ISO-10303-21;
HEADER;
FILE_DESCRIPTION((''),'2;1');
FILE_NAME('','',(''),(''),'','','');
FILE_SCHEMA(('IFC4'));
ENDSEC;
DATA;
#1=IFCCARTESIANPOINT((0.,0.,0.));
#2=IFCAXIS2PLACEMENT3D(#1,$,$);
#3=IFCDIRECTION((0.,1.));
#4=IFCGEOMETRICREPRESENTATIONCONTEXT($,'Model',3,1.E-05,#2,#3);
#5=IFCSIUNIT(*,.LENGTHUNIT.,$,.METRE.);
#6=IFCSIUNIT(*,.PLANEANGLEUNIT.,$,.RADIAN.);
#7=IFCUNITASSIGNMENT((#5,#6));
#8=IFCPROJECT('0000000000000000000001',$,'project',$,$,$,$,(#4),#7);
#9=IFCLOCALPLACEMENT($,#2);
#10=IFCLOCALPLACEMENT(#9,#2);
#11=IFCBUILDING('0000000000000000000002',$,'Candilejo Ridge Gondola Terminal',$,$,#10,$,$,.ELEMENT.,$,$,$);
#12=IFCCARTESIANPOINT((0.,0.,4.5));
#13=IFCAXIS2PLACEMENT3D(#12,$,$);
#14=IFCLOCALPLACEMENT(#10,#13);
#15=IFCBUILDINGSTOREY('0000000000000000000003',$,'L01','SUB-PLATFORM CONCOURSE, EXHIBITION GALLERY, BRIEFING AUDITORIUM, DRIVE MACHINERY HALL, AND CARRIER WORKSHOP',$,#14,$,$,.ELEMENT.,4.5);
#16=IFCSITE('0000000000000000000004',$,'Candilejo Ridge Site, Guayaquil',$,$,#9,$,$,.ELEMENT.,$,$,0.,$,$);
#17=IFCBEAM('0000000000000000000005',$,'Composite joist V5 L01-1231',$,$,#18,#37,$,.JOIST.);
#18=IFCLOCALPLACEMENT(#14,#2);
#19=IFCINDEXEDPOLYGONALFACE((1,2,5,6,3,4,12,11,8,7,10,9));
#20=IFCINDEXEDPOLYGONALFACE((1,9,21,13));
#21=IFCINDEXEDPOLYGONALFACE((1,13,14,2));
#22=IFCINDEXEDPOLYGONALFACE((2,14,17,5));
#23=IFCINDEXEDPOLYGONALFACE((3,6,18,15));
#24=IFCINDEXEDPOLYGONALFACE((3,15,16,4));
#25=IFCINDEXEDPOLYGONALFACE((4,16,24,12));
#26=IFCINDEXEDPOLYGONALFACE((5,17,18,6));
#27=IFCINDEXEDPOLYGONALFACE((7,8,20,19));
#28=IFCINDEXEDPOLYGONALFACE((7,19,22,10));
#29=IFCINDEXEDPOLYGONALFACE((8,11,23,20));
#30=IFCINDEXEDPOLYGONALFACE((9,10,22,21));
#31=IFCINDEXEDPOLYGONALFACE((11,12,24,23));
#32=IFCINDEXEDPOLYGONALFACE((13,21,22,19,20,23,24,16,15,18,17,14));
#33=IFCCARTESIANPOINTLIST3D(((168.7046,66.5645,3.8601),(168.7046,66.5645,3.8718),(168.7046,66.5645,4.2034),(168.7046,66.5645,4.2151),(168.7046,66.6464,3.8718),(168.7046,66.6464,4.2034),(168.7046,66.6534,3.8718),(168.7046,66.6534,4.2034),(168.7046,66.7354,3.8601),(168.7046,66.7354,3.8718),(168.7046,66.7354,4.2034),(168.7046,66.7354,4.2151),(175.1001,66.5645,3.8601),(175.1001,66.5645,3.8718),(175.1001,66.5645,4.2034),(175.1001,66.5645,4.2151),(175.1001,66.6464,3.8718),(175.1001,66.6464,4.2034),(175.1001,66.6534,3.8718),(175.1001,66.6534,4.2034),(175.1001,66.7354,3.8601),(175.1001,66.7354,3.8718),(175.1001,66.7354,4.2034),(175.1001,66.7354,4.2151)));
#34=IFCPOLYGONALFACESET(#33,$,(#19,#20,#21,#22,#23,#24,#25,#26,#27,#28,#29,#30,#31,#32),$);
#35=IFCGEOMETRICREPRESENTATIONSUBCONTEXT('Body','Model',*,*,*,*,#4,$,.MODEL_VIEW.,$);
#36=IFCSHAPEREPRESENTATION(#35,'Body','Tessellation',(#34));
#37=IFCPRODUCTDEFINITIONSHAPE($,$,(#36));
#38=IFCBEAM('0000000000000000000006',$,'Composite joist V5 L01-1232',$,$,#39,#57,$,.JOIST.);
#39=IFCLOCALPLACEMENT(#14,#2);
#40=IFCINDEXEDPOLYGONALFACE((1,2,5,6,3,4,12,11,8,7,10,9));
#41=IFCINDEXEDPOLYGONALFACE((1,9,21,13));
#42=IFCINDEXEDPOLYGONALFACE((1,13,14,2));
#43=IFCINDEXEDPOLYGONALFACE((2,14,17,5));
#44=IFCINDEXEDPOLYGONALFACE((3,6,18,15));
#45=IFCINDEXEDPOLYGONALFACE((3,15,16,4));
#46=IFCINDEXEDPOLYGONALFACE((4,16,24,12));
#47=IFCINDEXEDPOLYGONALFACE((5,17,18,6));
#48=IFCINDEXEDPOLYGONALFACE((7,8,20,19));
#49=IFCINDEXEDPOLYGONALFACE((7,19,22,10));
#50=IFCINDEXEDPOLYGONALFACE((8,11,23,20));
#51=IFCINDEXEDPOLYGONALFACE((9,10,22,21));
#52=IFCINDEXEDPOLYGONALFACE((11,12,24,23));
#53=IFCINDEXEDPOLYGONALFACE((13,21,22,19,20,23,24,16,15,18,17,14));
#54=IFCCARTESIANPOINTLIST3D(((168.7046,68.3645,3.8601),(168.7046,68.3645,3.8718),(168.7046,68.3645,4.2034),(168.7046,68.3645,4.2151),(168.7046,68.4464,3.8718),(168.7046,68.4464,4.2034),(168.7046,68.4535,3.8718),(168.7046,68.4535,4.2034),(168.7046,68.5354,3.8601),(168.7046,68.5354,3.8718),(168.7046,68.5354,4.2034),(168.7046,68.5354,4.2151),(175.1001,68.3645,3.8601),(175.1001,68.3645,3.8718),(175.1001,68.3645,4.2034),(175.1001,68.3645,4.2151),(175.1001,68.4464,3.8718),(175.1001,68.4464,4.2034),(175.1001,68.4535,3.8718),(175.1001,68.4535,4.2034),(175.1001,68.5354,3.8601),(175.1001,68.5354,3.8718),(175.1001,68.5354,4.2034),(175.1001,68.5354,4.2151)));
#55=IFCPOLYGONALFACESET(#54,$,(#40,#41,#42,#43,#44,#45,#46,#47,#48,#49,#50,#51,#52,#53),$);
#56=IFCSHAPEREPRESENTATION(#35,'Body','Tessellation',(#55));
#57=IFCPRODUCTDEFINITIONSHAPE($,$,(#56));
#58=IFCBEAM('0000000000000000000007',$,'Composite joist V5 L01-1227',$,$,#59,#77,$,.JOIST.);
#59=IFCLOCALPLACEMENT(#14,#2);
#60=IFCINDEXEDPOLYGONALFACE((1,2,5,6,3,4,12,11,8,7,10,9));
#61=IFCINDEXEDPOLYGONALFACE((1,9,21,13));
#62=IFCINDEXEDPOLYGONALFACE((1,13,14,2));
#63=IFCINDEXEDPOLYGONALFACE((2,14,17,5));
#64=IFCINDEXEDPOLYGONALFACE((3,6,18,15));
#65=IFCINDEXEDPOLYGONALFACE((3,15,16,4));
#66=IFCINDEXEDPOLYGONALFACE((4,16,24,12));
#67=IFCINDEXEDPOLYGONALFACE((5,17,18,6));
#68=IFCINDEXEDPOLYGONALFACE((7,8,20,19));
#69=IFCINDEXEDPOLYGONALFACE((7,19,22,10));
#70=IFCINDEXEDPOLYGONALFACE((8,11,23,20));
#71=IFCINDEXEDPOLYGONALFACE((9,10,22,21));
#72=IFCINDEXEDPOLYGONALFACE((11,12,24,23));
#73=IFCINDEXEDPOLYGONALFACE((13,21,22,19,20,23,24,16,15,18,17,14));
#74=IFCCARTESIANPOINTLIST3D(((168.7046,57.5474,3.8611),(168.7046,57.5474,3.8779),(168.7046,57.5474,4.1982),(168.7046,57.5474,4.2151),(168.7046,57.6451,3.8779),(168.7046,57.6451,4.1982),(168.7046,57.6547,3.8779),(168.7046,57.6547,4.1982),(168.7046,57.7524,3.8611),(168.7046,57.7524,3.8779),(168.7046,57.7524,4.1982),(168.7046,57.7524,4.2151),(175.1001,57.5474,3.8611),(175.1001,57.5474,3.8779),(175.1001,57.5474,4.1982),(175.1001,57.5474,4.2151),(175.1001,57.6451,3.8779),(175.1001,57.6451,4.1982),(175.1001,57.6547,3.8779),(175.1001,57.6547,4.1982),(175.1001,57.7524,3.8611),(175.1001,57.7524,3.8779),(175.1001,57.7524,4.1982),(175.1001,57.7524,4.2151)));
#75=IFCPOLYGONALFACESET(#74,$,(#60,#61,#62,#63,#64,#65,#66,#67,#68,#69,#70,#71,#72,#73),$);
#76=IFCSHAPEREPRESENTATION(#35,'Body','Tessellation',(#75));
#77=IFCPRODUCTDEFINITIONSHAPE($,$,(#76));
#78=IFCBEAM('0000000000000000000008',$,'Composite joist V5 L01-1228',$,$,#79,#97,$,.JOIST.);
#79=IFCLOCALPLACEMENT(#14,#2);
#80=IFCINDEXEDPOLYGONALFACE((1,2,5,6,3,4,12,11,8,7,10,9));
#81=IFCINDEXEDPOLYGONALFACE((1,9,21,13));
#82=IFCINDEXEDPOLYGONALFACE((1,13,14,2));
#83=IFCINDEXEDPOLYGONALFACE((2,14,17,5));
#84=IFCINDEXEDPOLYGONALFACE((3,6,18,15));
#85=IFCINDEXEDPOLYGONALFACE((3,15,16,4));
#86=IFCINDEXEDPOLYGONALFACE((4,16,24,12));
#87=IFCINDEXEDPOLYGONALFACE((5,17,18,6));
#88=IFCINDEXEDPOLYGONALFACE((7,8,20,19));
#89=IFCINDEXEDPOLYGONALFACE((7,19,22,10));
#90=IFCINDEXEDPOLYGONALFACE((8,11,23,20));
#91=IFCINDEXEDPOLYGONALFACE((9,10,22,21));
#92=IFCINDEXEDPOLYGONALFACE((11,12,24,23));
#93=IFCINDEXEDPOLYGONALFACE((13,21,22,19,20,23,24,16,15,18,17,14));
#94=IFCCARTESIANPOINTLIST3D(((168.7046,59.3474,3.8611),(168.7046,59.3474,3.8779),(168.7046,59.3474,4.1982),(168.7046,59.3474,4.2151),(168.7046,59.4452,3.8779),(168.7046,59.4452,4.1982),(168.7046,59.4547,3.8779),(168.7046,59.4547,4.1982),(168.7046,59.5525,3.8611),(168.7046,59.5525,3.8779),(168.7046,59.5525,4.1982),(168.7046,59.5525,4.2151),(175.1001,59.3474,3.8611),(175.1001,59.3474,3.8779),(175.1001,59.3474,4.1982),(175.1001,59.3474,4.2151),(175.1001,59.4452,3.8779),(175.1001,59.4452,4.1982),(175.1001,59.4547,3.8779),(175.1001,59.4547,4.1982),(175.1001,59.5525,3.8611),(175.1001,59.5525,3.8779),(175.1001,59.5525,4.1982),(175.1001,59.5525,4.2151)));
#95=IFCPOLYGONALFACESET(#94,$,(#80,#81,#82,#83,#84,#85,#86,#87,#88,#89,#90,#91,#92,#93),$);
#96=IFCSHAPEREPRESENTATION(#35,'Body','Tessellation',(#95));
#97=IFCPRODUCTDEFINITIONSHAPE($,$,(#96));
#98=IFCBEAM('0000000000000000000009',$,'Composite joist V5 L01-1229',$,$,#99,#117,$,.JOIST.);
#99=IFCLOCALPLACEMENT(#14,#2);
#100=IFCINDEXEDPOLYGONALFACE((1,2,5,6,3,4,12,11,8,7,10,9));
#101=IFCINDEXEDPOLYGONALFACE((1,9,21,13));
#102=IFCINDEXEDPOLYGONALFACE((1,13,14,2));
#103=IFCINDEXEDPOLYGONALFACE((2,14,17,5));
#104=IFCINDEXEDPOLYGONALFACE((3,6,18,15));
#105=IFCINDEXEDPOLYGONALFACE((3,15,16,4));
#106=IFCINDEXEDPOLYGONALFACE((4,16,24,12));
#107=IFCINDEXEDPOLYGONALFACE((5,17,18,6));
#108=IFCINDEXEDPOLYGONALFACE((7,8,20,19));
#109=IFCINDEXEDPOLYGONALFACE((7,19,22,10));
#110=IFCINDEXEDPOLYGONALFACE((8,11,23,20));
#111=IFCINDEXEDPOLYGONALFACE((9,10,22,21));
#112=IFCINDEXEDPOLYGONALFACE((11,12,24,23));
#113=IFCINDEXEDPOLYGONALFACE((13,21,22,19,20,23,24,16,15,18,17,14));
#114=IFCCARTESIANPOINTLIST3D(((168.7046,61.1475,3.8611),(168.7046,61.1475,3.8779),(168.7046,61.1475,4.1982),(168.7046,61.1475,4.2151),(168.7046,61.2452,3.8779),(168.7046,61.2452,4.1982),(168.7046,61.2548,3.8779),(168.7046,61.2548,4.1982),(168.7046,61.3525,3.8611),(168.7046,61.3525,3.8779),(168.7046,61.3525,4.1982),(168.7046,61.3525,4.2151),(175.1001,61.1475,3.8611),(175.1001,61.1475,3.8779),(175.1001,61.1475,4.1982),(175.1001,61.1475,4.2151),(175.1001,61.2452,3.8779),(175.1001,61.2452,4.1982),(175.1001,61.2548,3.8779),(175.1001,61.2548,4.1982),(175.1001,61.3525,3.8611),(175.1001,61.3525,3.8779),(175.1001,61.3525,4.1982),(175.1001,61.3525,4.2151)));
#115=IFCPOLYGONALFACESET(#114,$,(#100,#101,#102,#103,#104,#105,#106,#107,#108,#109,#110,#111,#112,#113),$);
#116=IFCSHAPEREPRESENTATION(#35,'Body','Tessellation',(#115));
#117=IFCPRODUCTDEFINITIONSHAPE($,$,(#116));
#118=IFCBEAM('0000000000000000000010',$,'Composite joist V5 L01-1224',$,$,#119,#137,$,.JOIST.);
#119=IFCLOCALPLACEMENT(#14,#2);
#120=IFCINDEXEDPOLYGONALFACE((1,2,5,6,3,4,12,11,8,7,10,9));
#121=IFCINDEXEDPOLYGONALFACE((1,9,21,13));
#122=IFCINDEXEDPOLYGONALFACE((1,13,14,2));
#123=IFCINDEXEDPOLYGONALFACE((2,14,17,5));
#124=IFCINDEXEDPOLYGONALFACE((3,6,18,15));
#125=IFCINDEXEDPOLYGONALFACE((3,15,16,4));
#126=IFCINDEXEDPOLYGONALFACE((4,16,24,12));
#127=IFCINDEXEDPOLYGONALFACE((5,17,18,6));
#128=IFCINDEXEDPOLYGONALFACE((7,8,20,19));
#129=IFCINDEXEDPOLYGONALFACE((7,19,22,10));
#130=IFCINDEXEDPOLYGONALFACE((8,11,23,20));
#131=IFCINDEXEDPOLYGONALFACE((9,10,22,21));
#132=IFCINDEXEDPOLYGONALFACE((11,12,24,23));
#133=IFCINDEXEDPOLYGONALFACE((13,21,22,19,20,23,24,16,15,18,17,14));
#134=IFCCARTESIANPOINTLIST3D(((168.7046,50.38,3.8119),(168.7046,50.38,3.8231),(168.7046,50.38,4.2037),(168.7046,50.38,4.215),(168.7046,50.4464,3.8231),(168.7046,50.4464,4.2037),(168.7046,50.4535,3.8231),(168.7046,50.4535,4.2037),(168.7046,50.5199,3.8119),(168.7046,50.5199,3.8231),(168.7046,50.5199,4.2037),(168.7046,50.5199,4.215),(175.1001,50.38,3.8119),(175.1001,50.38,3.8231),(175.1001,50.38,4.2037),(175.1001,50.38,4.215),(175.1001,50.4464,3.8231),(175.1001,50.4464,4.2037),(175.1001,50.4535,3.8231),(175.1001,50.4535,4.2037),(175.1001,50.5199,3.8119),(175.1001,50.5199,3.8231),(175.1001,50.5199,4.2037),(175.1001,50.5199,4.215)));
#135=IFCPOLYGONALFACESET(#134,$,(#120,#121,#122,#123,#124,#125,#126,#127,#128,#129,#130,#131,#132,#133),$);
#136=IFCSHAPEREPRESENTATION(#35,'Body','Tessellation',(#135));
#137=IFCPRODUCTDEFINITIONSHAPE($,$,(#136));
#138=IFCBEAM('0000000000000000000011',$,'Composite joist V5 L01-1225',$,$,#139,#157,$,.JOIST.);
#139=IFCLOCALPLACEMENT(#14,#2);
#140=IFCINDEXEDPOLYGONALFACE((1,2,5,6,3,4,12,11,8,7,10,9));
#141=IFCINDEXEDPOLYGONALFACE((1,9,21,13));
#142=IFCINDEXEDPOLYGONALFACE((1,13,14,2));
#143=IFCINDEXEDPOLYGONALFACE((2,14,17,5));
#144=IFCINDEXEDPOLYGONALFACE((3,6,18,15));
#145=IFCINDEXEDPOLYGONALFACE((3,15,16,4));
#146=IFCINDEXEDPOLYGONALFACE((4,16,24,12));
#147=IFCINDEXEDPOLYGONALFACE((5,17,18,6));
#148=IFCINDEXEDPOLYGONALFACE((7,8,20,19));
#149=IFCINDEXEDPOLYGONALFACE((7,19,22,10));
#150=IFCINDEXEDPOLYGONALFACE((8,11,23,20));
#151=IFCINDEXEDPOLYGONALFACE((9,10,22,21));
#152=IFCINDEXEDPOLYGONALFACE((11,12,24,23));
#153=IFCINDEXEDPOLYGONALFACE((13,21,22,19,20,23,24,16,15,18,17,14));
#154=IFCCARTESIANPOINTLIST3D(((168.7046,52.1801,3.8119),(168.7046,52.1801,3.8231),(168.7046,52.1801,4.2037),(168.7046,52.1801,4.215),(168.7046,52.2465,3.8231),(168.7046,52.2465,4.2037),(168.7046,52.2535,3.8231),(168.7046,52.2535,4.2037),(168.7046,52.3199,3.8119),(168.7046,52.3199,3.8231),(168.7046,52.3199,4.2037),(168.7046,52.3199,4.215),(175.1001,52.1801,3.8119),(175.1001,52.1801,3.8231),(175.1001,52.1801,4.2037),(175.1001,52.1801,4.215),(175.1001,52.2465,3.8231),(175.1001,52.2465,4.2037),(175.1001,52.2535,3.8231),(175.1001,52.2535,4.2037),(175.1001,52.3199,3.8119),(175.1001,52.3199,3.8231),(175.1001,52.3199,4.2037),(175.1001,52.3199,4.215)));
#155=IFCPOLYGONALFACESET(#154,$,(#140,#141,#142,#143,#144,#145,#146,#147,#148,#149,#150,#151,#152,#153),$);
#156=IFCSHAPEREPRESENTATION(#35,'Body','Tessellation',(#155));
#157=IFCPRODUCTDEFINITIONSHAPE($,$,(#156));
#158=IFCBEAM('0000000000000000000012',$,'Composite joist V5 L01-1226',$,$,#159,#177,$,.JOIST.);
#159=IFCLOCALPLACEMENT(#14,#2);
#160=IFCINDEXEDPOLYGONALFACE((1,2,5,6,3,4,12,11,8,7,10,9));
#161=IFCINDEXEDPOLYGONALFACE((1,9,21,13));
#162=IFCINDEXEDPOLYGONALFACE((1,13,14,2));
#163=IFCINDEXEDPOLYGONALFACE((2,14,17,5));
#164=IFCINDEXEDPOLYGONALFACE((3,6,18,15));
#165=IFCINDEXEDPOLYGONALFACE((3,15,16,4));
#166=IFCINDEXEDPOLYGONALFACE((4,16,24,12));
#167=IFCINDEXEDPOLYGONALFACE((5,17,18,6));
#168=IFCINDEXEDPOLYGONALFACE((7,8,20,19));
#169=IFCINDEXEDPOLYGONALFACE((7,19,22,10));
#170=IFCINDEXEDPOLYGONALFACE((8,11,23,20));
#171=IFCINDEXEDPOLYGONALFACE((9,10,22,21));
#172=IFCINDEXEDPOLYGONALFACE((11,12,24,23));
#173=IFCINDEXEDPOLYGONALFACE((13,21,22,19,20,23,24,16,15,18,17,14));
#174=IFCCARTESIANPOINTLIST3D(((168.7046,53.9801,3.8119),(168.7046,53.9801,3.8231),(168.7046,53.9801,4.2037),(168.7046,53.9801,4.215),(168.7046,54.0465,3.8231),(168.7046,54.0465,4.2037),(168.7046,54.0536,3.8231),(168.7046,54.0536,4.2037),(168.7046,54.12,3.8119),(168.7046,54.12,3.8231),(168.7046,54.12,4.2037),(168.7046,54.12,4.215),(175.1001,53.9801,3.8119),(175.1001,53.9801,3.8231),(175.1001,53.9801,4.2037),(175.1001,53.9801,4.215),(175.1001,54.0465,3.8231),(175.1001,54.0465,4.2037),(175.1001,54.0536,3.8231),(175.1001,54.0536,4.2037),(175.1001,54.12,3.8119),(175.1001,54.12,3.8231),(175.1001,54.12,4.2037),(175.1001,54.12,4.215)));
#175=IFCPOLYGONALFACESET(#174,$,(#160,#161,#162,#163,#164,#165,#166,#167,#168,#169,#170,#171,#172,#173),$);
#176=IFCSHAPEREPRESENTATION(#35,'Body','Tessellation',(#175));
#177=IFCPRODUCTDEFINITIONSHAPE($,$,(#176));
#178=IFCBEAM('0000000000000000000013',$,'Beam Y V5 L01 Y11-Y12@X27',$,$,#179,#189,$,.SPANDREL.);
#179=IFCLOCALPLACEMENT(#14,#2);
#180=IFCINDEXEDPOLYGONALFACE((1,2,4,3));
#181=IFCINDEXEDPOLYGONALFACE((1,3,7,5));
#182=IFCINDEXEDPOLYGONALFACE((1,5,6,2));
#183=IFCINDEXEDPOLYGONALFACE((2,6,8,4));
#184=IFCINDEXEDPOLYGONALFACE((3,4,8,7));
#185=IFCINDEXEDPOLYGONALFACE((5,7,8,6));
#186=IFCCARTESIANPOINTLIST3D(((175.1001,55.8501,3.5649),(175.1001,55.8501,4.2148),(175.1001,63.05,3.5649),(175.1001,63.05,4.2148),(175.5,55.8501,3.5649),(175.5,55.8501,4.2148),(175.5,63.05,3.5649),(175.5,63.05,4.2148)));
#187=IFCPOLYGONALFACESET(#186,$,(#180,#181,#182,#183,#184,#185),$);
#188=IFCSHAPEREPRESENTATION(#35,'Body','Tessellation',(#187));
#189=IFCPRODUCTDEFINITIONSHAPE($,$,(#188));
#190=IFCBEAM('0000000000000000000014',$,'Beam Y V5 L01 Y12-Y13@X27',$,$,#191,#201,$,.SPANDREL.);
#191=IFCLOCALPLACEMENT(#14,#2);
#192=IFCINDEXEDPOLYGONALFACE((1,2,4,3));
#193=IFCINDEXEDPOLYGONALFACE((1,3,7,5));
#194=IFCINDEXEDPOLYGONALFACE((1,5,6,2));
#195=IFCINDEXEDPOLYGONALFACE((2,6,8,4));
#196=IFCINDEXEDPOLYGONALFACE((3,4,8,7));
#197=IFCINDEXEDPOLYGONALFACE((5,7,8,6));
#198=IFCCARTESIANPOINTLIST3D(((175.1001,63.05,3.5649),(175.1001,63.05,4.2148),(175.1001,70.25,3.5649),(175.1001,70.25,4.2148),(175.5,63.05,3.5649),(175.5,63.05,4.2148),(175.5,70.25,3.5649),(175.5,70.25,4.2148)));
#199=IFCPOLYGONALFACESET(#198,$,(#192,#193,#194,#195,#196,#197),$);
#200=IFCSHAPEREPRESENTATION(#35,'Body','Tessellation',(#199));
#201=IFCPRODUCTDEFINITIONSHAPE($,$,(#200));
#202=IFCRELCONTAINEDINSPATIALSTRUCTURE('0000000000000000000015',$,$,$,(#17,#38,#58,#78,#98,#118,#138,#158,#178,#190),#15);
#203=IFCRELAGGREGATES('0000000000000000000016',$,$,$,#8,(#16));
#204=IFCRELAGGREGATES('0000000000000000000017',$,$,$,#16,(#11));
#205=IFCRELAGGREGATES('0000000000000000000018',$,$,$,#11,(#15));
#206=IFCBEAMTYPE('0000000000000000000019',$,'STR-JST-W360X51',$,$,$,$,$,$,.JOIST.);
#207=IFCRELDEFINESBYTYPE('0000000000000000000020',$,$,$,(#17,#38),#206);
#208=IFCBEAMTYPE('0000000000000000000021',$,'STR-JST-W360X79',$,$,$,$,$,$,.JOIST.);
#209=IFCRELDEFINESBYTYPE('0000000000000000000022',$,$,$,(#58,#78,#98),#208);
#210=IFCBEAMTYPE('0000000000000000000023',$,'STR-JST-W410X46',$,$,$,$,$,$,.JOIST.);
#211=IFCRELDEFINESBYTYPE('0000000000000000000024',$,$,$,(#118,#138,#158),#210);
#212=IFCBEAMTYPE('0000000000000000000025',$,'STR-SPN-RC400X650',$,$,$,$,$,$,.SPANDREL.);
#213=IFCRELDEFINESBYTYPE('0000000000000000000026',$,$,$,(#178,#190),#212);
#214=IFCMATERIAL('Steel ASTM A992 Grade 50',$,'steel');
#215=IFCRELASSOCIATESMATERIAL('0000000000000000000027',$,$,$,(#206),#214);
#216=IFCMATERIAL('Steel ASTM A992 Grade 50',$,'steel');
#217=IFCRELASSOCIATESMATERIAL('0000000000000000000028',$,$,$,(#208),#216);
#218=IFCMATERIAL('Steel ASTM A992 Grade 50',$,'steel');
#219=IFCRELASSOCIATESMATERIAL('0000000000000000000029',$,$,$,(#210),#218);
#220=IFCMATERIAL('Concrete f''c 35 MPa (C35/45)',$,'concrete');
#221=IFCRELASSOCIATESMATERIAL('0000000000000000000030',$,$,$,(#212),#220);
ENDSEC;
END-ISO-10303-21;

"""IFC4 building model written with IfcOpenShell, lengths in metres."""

from ifc_helpers import new_model, si_unit, direction, frame, origin, origin_2d, place, context, subcontext, project, spatial, rectangle, i_section, extrude, material, material_profile, profile_set, type_object, element, save


model = new_model("IFC4")

# Units and contexts
model_context = context("Model", 3, precision=1e-05, world=origin(), true_north=direction((0.0, 1.0)))
body_context = subcontext(model_context, "Body", "Model", "MODEL_VIEW")
ifc_project = project(units=[si_unit("LENGTHUNIT", "METRE"), si_unit("PLANEANGLEUNIT", "RADIAN")], contexts=[model_context])

# Site, building, storey
site_placement = place(None, origin())
site = spatial("IfcSite", under=ifc_project, at=site_placement, Name="Candilejo Ridge Site, Guayaquil", CompositionType="ELEMENT", RefElevation=0.0)
building_placement = place(site_placement, origin())
building = spatial("IfcBuilding", under=site, at=building_placement, Name="Candilejo Ridge Gondola Terminal", CompositionType="ELEMENT")
storey_placement = place(building_placement, frame((0.0, 0.0, 4.5)))
storey = spatial("IfcBuildingStorey", under=building, at=storey_placement, Name="L01", Description="SUB-PLATFORM CONCOURSE, EXHIBITION GALLERY, BRIEFING AUDITORIUM, DRIVE MACHINERY HALL, AND CARRIER WORKSHOP", CompositionType="ELEMENT", Elevation=4.5)

# Beams
ifc_material_1 = material(Name="Steel ASTM A992 Grade 50", Category="steel")
ifc_material_profile_1 = material_profile(ifc_material_1, i_section(OverallWidth=0.1709, OverallDepth=0.355, WebThickness=0.0071, FlangeThickness=0.0117, at=origin_2d()))
ifc_profile_set_1 = profile_set([ifc_material_profile_1], Name="Steel ASTM A992 Grade 50")
beam_type_1 = type_object("IfcBeamType", Name="STR-JST-W360X51", PredefinedType="JOIST", material=ifc_profile_set_1)
for number, where, z_axis, x_axis, name in (
    (1, (168.7046, 66.6499, 4.0376), (1.0, 0.0, 0.0), (0.0, 1.0, 0.0), "Composite joist V5 L01-1231"),
    (2, (168.7046, 68.45, 4.0376), (1.0, 0.0, 0.0), (0.0, 1.0, 0.0), "Composite joist V5 L01-1232"),
):
    element("IfcBeam", number, at=place(storey_placement, frame(where, z_axis=z_axis, x_axis=x_axis)), inside=storey, type_object=beam_type_1, Name=name, PredefinedType="JOIST", context=body_context, shape_type="SweptSolid", body=[
        extrude(i_section(OverallWidth=0.1709, OverallDepth=0.355, WebThickness=0.0071, FlangeThickness=0.0117, at=origin_2d()), origin(), (0.0, 0.0, 1.0), 6.3955),
    ])
ifc_material_2 = material(Name="Steel ASTM A992 Grade 50", Category="steel")
ifc_material_profile_2 = material_profile(ifc_material_2, i_section(OverallWidth=0.2051, OverallDepth=0.354, WebThickness=0.0095, FlangeThickness=0.0168, at=origin_2d()))
ifc_profile_set_2 = profile_set([ifc_material_profile_2], Name="Steel ASTM A992 Grade 50")
beam_type_2 = type_object("IfcBeamType", Name="STR-JST-W360X79", PredefinedType="JOIST", material=ifc_profile_set_2)
for number, where, z_axis, x_axis, name in (
    (3, (168.7046, 57.6499, 4.0381), (1.0, 0.0, 0.0), (0.0, 1.0, 0.0), "Composite joist V5 L01-1227"),
    (4, (168.7046, 59.45, 4.0381), (1.0, 0.0, 0.0), (0.0, 1.0, 0.0), "Composite joist V5 L01-1228"),
    (5, (168.7046, 61.25, 4.0381), (1.0, 0.0, 0.0), (0.0, 1.0, 0.0), "Composite joist V5 L01-1229"),
):
    element("IfcBeam", number, at=place(storey_placement, frame(where, z_axis=z_axis, x_axis=x_axis)), inside=storey, type_object=beam_type_2, Name=name, PredefinedType="JOIST", context=body_context, shape_type="SweptSolid", body=[
        extrude(i_section(OverallWidth=0.2051, OverallDepth=0.354, WebThickness=0.0095, FlangeThickness=0.0168, at=origin_2d()), origin(), (0.0, 0.0, 1.0), 6.3955),
    ])
ifc_material_3 = material(Name="Steel ASTM A992 Grade 50", Category="steel")
ifc_material_profile_3 = material_profile(ifc_material_3, i_section(OverallWidth=0.1399, OverallDepth=0.4031, WebThickness=0.0071, FlangeThickness=0.0112, at=origin_2d()))
ifc_profile_set_3 = profile_set([ifc_material_profile_3], Name="Steel ASTM A992 Grade 50")
beam_type_3 = type_object("IfcBeamType", Name="STR-JST-W410X46", PredefinedType="JOIST", material=ifc_profile_set_3)
for number, where, z_axis, x_axis, name in (
    (6, (168.7046, 50.45, 4.0134), (1.0, 0.0, 0.0), (0.0, 1.0, 0.0), "Composite joist V5 L01-1224"),
    (7, (168.7046, 52.25, 4.0134), (1.0, 0.0, 0.0), (0.0, 1.0, 0.0), "Composite joist V5 L01-1225"),
    (8, (168.7046, 54.05, 4.0134), (1.0, 0.0, 0.0), (0.0, 1.0, 0.0), "Composite joist V5 L01-1226"),
):
    element("IfcBeam", number, at=place(storey_placement, frame(where, z_axis=z_axis, x_axis=x_axis)), inside=storey, type_object=beam_type_3, Name=name, PredefinedType="JOIST", context=body_context, shape_type="SweptSolid", body=[
        extrude(i_section(OverallWidth=0.1399, OverallDepth=0.4031, WebThickness=0.0071, FlangeThickness=0.0112, at=origin_2d()), origin(), (0.0, 0.0, 1.0), 6.3955),
    ])
ifc_material_4 = material(Name="Concrete f'c 35 MPa (C35/45)", Category="concrete")
ifc_material_profile_4 = material_profile(ifc_material_4, rectangle(XDim=0.3999, YDim=0.6499, at=origin_2d()))
ifc_profile_set_4 = profile_set([ifc_material_profile_4], Name="Concrete f'c 35 MPa (C35/45)")
beam_type_4 = type_object("IfcBeamType", Name="STR-SPN-RC400X650", PredefinedType="SPANDREL", material=ifc_profile_set_4)
for number, where, z_axis, x_axis, name in (
    (9, (175.3, 55.8501, 3.8899), (0.0, 1.0, 0.0), (-1.0, 0.0, 0.0), "Beam Y V5 L01 Y11-Y12@X27"),
    (10, (175.3, 63.05, 3.8899), (0.0, 1.0, 0.0), (-1.0, 0.0, 0.0), "Beam Y V5 L01 Y12-Y13@X27"),
):
    element("IfcBeam", number, at=place(storey_placement, frame(where, z_axis=z_axis, x_axis=x_axis)), inside=storey, type_object=beam_type_4, Name=name, PredefinedType="SPANDREL", context=body_context, shape_type="SweptSolid", body=[
        extrude(rectangle(XDim=0.3999, YDim=0.6499, at=origin_2d()), origin(), (0.0, 0.0, 1.0), 7.2),
    ])

save(model, "model.ifc")
